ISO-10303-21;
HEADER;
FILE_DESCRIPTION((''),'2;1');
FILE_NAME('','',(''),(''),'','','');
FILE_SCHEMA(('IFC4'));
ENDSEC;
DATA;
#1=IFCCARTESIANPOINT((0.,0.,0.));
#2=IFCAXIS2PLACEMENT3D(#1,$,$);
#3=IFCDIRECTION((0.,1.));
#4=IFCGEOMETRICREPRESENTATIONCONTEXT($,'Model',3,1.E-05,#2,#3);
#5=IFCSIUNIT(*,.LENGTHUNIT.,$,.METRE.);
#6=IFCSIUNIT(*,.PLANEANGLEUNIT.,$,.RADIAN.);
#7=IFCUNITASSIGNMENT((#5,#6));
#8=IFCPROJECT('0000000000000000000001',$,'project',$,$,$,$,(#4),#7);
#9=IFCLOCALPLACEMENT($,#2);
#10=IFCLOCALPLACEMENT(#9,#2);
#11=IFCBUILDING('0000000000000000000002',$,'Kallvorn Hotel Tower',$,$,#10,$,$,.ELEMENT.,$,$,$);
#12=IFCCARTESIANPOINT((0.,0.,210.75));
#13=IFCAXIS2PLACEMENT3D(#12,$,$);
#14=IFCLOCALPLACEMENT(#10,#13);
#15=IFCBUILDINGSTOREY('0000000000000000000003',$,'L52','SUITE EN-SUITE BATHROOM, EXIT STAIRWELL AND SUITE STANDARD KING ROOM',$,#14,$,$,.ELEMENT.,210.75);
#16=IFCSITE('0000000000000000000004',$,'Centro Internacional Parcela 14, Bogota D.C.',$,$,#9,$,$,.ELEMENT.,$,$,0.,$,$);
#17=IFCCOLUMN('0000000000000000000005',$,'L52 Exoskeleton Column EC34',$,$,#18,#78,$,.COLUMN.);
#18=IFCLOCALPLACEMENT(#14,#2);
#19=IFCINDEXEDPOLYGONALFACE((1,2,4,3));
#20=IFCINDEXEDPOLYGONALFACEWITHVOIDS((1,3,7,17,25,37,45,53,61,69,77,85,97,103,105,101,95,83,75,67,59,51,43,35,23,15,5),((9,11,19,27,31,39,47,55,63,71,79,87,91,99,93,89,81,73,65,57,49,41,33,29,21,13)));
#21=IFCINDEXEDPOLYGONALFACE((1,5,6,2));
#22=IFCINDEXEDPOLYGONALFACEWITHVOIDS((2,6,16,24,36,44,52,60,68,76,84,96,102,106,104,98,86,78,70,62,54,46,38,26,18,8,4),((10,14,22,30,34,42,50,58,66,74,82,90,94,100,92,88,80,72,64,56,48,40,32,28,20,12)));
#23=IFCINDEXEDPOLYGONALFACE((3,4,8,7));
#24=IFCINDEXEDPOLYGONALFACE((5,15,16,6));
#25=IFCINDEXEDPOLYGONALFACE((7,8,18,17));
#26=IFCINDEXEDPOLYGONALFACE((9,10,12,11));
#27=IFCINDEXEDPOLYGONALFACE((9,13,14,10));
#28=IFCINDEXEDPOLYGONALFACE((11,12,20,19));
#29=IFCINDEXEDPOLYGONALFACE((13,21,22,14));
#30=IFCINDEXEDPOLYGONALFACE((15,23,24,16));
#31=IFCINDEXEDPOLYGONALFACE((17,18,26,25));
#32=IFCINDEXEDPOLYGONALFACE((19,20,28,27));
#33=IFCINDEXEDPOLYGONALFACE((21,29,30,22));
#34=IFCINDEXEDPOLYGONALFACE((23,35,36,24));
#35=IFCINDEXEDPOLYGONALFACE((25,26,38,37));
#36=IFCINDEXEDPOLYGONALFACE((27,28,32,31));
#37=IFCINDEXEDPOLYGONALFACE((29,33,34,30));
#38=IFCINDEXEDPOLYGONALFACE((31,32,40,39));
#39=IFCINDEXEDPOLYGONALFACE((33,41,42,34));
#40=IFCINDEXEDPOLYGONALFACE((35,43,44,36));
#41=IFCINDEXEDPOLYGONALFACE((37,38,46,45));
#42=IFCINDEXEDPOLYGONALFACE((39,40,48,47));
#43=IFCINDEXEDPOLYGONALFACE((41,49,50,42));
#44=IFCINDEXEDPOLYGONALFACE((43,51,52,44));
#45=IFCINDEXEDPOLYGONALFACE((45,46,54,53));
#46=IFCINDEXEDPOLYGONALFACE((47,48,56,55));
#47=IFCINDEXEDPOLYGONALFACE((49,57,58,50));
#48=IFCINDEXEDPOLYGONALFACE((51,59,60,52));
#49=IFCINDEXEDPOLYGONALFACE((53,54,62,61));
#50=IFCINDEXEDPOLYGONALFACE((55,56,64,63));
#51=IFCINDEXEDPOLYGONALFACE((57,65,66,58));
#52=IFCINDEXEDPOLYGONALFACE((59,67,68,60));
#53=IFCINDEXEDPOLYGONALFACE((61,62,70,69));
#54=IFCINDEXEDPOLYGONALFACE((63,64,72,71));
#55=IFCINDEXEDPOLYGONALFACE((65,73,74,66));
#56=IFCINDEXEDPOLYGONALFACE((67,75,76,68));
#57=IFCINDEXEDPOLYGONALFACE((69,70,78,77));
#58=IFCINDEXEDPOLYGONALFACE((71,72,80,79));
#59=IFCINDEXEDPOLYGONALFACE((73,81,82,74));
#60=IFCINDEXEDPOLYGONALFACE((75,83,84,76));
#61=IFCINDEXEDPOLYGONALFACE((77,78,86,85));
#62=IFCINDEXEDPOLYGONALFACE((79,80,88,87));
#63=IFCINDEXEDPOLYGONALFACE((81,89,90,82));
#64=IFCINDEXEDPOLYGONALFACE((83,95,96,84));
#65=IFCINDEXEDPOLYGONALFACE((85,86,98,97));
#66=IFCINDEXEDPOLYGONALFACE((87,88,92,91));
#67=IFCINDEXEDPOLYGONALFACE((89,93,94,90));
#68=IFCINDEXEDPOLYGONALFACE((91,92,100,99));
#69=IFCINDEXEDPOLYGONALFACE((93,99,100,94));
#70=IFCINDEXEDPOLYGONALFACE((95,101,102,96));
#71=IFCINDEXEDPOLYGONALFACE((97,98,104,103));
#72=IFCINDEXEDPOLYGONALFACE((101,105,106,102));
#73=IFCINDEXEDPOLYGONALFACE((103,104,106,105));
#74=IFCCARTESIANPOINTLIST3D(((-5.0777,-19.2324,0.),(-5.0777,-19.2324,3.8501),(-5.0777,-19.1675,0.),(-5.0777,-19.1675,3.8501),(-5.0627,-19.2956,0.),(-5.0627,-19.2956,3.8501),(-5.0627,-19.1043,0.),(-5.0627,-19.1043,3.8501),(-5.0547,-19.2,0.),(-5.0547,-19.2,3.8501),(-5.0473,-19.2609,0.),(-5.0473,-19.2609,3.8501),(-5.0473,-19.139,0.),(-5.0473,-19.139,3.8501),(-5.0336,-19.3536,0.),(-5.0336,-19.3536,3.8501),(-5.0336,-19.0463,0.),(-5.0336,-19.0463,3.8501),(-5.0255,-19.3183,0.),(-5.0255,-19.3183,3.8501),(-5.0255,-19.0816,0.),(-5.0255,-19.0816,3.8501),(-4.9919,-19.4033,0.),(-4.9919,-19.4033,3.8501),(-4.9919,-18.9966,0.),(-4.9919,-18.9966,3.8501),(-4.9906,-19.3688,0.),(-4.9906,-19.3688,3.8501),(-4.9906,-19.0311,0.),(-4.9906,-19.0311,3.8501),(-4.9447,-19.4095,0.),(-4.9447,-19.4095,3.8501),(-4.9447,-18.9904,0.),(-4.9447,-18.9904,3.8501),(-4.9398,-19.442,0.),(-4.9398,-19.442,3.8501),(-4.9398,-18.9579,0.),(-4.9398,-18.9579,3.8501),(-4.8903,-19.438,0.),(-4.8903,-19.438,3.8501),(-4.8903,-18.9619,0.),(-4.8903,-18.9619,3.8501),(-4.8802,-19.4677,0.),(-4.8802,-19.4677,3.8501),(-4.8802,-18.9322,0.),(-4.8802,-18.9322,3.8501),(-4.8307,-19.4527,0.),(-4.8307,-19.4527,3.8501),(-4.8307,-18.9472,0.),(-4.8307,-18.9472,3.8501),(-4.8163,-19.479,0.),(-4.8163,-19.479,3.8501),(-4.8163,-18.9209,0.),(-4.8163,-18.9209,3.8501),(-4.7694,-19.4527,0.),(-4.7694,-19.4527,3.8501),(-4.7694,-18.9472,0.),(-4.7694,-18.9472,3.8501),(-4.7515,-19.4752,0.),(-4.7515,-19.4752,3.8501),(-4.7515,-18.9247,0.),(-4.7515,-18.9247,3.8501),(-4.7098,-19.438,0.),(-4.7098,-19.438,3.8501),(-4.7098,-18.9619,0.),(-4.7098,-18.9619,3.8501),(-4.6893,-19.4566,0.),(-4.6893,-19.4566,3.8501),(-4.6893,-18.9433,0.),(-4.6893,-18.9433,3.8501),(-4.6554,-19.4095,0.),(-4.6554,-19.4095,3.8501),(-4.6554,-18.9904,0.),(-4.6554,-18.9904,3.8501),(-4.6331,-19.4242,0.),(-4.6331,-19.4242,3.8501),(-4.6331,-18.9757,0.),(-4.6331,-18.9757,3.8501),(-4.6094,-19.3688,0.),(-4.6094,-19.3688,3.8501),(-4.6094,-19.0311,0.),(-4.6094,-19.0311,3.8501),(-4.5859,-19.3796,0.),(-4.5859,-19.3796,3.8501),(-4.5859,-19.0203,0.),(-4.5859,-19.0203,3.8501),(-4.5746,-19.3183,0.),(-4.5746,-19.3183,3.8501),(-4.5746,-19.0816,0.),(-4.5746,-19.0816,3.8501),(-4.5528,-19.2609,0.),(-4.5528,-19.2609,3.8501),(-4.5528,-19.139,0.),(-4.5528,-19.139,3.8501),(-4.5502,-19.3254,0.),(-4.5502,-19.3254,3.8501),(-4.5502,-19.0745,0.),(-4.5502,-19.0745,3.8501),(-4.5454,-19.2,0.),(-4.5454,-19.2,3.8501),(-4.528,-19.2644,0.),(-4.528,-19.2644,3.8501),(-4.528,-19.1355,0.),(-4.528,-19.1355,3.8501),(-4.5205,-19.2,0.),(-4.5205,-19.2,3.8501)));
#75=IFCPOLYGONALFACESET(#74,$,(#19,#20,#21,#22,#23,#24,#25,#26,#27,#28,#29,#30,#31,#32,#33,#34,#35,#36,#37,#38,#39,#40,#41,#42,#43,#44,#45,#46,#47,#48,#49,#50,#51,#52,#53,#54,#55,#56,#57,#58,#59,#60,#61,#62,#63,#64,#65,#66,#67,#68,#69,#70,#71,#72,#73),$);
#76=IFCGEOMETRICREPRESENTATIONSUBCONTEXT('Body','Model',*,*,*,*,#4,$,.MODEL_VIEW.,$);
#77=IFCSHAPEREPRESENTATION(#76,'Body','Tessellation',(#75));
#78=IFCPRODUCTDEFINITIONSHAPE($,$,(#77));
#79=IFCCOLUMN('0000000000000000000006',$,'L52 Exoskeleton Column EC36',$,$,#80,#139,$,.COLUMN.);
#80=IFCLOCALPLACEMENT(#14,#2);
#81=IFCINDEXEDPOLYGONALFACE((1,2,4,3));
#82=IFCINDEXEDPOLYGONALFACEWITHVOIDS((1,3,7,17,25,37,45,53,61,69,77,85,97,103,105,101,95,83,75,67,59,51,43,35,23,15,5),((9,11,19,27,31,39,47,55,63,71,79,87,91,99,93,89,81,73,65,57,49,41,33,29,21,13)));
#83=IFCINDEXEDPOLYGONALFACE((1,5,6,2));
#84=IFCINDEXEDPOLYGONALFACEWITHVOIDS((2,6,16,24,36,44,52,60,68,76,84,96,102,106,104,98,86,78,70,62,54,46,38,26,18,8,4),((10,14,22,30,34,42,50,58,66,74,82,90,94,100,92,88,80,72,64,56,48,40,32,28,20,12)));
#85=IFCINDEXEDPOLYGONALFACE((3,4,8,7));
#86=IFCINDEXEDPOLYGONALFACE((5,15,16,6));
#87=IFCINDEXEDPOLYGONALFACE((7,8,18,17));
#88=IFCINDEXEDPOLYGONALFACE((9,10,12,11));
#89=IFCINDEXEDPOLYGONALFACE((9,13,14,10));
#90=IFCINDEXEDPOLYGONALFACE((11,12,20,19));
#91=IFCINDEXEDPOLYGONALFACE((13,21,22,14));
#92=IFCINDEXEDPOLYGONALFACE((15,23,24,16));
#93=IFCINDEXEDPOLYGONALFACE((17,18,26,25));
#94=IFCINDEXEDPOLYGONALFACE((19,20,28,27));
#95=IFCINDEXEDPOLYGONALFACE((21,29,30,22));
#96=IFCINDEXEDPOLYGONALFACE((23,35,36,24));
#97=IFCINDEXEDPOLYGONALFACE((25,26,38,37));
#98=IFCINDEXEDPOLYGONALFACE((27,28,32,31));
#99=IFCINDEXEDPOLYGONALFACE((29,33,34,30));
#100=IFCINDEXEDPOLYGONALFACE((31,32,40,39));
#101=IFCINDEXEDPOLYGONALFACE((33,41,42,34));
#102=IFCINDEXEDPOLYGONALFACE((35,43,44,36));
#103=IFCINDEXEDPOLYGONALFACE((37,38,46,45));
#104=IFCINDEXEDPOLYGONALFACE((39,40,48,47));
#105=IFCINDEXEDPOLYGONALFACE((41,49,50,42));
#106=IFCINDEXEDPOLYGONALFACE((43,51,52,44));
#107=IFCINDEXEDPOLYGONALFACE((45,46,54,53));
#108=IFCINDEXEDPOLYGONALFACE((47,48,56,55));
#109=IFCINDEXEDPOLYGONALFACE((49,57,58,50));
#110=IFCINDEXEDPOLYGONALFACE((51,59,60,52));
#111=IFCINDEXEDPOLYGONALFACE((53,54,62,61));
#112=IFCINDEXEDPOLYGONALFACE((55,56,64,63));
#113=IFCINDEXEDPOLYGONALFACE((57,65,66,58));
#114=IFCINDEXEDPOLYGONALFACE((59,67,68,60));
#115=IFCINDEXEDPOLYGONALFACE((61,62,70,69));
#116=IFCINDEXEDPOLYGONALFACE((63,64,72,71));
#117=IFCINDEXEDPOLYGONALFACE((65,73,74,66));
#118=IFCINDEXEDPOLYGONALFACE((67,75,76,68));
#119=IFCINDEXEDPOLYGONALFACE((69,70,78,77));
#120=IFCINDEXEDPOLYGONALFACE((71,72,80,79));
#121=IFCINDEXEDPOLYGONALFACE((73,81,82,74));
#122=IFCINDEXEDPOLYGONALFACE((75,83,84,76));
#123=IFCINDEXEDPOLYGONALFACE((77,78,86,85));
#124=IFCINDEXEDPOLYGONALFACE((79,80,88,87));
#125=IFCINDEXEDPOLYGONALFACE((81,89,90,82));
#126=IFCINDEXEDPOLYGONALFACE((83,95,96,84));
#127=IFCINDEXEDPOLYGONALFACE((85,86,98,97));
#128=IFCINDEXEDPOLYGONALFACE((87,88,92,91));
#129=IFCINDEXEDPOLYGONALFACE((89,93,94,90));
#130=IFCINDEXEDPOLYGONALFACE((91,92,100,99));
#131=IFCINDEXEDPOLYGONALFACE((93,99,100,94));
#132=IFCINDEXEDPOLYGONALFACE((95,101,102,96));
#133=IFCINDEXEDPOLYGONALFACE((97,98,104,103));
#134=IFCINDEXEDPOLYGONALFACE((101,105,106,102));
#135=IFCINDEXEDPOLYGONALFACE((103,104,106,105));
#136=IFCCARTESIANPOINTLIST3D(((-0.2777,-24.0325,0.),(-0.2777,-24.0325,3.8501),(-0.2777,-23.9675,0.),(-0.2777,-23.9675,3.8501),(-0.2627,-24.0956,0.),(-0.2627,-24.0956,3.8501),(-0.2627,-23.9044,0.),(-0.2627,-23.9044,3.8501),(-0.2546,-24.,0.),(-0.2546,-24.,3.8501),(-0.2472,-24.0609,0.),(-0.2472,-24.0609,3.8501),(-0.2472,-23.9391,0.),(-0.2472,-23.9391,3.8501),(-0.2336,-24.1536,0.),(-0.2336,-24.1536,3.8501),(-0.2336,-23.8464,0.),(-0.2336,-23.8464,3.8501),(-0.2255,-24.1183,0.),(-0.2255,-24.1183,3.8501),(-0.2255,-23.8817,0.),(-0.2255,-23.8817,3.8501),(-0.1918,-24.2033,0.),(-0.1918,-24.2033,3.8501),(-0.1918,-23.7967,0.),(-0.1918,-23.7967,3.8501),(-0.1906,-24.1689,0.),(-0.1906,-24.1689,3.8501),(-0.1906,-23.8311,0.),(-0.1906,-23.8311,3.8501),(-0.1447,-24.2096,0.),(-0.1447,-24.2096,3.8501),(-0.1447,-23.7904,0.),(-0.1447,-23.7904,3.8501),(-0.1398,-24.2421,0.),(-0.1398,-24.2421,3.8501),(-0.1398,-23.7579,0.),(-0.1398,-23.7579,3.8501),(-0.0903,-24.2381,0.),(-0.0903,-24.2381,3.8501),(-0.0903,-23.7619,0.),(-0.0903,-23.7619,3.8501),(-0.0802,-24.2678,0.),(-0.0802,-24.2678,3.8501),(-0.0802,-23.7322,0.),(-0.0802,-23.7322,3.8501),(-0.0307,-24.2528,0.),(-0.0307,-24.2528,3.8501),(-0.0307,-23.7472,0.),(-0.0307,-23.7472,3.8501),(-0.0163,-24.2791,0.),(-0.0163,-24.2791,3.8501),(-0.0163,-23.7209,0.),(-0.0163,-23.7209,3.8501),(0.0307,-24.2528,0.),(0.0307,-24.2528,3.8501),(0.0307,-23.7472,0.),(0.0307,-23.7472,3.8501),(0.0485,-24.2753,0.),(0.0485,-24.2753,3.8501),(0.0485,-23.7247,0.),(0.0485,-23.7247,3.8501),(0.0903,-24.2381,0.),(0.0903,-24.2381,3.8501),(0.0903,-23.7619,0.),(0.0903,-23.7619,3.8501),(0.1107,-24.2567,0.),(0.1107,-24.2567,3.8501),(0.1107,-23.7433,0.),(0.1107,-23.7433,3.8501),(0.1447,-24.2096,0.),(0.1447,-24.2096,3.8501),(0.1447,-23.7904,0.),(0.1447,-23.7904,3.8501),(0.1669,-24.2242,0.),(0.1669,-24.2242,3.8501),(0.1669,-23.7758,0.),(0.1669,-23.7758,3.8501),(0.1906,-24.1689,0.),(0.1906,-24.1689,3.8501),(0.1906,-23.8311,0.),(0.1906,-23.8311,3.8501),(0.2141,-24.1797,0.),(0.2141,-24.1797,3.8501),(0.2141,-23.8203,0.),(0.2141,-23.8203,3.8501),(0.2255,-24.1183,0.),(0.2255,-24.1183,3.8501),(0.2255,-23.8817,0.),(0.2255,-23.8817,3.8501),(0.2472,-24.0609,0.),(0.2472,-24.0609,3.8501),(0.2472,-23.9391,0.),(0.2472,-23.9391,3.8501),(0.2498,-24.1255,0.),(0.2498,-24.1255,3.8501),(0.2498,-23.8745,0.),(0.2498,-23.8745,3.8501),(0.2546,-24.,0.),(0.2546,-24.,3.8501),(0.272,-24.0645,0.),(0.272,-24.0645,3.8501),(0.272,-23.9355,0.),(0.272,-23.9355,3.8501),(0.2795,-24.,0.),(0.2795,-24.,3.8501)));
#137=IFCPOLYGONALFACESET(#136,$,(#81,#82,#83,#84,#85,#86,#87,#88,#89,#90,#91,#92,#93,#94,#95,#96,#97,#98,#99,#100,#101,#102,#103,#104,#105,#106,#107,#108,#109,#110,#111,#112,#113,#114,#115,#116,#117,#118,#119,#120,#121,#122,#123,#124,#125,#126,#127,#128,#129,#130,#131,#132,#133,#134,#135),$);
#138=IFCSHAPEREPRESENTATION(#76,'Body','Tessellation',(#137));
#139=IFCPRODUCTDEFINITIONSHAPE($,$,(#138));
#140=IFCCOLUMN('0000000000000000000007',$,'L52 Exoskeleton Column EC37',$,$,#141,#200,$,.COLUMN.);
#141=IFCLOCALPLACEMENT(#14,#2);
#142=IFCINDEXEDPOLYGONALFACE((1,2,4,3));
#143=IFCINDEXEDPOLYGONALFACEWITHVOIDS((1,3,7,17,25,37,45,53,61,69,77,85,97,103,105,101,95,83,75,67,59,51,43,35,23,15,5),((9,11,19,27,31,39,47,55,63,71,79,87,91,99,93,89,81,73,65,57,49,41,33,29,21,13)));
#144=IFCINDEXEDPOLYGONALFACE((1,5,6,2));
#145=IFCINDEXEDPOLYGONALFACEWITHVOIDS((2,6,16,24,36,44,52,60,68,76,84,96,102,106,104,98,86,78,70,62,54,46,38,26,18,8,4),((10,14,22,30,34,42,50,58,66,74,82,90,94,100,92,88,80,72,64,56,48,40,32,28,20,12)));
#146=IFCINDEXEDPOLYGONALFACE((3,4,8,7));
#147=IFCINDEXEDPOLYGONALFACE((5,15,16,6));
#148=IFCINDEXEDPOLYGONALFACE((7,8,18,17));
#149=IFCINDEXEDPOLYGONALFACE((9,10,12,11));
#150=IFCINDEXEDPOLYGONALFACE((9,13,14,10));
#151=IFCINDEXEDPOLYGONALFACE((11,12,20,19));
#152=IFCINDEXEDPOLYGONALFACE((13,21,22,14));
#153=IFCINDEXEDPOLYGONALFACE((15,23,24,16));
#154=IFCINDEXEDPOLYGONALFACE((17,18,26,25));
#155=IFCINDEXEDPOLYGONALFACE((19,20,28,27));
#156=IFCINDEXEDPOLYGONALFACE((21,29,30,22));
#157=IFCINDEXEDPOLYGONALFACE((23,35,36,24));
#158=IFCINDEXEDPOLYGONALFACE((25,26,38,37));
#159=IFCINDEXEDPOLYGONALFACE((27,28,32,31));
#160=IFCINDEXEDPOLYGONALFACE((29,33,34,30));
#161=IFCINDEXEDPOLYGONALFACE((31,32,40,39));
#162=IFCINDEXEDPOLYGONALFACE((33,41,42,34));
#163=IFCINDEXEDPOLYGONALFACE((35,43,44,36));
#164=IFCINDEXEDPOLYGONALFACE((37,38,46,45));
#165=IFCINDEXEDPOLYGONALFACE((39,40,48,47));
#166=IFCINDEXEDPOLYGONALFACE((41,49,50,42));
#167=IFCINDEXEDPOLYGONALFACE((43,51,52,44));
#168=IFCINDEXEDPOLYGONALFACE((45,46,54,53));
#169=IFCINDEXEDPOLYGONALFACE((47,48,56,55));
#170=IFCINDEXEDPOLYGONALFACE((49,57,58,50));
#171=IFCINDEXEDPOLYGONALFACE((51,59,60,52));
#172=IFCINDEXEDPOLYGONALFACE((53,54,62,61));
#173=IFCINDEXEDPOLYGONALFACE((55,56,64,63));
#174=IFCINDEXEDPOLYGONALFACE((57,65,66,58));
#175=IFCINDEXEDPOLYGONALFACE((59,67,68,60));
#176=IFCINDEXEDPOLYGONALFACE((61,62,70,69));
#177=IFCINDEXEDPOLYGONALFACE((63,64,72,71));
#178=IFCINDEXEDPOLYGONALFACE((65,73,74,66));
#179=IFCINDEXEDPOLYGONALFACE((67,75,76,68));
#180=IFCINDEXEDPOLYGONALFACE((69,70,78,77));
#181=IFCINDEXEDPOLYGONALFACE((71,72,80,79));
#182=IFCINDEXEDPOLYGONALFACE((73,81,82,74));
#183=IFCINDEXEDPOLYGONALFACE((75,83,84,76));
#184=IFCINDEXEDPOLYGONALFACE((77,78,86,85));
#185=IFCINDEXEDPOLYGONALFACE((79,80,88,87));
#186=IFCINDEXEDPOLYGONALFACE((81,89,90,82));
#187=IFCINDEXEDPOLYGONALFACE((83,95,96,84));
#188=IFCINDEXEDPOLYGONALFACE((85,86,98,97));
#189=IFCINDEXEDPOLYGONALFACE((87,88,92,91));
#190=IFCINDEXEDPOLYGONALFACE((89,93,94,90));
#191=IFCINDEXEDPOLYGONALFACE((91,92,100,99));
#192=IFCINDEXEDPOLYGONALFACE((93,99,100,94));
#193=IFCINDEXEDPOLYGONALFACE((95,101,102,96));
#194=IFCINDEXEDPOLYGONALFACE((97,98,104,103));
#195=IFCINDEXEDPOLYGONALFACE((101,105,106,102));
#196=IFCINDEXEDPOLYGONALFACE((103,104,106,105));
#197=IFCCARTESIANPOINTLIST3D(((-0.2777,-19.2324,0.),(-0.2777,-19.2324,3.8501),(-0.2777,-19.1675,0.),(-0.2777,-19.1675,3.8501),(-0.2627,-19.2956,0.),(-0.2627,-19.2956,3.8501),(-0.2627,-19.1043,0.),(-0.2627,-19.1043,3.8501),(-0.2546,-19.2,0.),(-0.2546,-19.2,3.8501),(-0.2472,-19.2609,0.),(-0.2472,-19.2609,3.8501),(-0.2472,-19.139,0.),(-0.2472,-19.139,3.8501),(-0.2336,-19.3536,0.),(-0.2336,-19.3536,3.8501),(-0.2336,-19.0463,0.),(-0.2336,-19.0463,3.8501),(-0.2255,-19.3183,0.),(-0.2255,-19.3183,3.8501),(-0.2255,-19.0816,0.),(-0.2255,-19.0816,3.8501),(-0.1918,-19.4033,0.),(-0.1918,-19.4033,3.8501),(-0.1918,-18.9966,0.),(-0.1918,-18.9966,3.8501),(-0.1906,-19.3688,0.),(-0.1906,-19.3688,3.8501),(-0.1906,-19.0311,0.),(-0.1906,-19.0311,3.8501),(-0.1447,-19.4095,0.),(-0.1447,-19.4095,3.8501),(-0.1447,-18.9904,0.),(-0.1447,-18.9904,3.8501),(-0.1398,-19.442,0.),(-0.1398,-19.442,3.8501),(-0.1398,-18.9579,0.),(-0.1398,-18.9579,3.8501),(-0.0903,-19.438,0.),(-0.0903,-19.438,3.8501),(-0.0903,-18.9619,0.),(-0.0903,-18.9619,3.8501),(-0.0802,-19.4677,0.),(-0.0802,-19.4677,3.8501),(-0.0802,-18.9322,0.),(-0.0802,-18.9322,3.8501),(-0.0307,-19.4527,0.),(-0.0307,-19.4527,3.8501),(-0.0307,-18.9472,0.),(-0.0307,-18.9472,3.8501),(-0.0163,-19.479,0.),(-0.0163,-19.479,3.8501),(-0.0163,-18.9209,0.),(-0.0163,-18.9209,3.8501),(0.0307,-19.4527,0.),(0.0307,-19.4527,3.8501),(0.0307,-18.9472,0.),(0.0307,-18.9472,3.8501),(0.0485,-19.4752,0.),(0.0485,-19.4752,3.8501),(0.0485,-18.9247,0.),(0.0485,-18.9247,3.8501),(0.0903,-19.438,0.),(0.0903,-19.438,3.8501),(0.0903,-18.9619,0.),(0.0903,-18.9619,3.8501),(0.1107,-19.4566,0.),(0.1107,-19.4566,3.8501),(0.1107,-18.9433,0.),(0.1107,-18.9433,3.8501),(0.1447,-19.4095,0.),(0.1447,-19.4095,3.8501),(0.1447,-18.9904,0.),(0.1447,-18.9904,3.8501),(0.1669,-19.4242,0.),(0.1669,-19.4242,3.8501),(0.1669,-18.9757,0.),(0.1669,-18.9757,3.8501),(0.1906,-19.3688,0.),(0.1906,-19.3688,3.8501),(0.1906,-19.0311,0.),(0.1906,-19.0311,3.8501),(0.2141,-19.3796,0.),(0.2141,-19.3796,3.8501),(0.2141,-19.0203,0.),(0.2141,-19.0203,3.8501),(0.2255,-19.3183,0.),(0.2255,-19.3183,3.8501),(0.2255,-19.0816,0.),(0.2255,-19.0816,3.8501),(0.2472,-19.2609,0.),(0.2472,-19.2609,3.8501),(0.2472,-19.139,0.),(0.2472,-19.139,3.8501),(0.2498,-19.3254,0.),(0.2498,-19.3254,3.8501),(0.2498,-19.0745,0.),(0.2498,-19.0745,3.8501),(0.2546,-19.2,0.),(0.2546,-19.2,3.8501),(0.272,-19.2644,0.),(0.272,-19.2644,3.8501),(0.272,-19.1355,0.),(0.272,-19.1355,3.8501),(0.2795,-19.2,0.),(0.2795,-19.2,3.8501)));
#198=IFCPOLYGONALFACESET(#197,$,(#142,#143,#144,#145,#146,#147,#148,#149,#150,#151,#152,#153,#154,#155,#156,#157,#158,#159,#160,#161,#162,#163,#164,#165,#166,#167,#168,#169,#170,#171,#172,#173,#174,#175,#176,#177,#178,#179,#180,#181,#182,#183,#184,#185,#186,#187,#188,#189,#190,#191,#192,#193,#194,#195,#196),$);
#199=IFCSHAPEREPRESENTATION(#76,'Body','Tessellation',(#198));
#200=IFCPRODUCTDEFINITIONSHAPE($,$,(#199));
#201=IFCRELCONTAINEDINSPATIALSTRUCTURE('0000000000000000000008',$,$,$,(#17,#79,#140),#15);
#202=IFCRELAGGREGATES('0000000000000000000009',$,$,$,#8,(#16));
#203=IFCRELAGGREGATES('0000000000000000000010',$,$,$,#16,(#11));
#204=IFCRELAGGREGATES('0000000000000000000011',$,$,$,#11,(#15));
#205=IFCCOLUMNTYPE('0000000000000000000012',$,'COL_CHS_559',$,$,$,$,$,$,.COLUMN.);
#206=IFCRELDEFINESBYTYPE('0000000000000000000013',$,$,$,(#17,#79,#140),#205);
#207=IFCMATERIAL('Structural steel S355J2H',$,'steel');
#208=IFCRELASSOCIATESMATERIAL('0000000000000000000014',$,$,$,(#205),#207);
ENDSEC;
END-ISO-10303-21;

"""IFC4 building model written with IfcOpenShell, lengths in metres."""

from ifc_helpers import new_model, si_unit, direction, frame, origin, origin_2d, place, context, subcontext, project, spatial, hollow_circle, extrude, material, material_profile, profile_set, type_object, element, save


model = new_model("IFC4")

# Units and contexts
model_context = context("Model", 3, precision=1e-05, world=origin(), true_north=direction((0.0, 1.0)))
body_context = subcontext(model_context, "Body", "Model", "MODEL_VIEW")
ifc_project = project(units=[si_unit("LENGTHUNIT", "METRE"), si_unit("PLANEANGLEUNIT", "RADIAN")], contexts=[model_context])

# Site, building, storey
site_placement = place(None, origin())
site = spatial("IfcSite", under=ifc_project, at=site_placement, Name="Centro Internacional Parcela 14, Bogota D.C.", CompositionType="ELEMENT", RefElevation=0.0)
building_placement = place(site_placement, origin())
building = spatial("IfcBuilding", under=site, at=building_placement, Name="Kallvorn Hotel Tower", CompositionType="ELEMENT")
storey_placement = place(building_placement, frame((0.0, 0.0, 210.75)))
storey = spatial("IfcBuildingStorey", under=building, at=storey_placement, Name="L52", Description="SUITE EN-SUITE BATHROOM, EXIT STAIRWELL AND SUITE STANDARD KING ROOM", CompositionType="ELEMENT", Elevation=210.75)

# Columns
ifc_material_1 = material(Name="Structural steel S355J2H", Category="steel")
ifc_material_profile_1 = material_profile(ifc_material_1, hollow_circle(Radius=0.2795, WallThickness=0.0249, at=origin_2d()), Name="CHS 559x25")
ifc_profile_set_1 = profile_set([ifc_material_profile_1], Name="Structural steel S355J2H")
column_type_1 = type_object("IfcColumnType", Name="COL_CHS_559", PredefinedType="COLUMN", material=ifc_profile_set_1)
for number, where, z_axis, x_axis, name in (
    (1, (-4.8, -19.2, 0.0), (0.0, 0.0, 1.0), (1.0, 0.0, 0.0), "L52 Exoskeleton Column EC34"),
    (2, (0.0, -24.0, 0.0), (0.0, 0.0, 1.0), (1.0, 0.0, 0.0), "L52 Exoskeleton Column EC36"),
    (3, (0.0, -19.2, 0.0), (0.0, 0.0, 1.0), (1.0, 0.0, 0.0), "L52 Exoskeleton Column EC37"),
):
    element("IfcColumn", number, at=place(storey_placement, frame(where, z_axis=z_axis, x_axis=x_axis)), inside=storey, type_object=column_type_1, Name=name, PredefinedType="COLUMN", context=body_context, shape_type="SweptSolid", body=[
        extrude(hollow_circle(Radius=0.2795, WallThickness=0.0249, at=origin_2d()), origin(), (0.0, 0.0, 1.0), 3.8501),
    ])

save(model, "model.ifc")
